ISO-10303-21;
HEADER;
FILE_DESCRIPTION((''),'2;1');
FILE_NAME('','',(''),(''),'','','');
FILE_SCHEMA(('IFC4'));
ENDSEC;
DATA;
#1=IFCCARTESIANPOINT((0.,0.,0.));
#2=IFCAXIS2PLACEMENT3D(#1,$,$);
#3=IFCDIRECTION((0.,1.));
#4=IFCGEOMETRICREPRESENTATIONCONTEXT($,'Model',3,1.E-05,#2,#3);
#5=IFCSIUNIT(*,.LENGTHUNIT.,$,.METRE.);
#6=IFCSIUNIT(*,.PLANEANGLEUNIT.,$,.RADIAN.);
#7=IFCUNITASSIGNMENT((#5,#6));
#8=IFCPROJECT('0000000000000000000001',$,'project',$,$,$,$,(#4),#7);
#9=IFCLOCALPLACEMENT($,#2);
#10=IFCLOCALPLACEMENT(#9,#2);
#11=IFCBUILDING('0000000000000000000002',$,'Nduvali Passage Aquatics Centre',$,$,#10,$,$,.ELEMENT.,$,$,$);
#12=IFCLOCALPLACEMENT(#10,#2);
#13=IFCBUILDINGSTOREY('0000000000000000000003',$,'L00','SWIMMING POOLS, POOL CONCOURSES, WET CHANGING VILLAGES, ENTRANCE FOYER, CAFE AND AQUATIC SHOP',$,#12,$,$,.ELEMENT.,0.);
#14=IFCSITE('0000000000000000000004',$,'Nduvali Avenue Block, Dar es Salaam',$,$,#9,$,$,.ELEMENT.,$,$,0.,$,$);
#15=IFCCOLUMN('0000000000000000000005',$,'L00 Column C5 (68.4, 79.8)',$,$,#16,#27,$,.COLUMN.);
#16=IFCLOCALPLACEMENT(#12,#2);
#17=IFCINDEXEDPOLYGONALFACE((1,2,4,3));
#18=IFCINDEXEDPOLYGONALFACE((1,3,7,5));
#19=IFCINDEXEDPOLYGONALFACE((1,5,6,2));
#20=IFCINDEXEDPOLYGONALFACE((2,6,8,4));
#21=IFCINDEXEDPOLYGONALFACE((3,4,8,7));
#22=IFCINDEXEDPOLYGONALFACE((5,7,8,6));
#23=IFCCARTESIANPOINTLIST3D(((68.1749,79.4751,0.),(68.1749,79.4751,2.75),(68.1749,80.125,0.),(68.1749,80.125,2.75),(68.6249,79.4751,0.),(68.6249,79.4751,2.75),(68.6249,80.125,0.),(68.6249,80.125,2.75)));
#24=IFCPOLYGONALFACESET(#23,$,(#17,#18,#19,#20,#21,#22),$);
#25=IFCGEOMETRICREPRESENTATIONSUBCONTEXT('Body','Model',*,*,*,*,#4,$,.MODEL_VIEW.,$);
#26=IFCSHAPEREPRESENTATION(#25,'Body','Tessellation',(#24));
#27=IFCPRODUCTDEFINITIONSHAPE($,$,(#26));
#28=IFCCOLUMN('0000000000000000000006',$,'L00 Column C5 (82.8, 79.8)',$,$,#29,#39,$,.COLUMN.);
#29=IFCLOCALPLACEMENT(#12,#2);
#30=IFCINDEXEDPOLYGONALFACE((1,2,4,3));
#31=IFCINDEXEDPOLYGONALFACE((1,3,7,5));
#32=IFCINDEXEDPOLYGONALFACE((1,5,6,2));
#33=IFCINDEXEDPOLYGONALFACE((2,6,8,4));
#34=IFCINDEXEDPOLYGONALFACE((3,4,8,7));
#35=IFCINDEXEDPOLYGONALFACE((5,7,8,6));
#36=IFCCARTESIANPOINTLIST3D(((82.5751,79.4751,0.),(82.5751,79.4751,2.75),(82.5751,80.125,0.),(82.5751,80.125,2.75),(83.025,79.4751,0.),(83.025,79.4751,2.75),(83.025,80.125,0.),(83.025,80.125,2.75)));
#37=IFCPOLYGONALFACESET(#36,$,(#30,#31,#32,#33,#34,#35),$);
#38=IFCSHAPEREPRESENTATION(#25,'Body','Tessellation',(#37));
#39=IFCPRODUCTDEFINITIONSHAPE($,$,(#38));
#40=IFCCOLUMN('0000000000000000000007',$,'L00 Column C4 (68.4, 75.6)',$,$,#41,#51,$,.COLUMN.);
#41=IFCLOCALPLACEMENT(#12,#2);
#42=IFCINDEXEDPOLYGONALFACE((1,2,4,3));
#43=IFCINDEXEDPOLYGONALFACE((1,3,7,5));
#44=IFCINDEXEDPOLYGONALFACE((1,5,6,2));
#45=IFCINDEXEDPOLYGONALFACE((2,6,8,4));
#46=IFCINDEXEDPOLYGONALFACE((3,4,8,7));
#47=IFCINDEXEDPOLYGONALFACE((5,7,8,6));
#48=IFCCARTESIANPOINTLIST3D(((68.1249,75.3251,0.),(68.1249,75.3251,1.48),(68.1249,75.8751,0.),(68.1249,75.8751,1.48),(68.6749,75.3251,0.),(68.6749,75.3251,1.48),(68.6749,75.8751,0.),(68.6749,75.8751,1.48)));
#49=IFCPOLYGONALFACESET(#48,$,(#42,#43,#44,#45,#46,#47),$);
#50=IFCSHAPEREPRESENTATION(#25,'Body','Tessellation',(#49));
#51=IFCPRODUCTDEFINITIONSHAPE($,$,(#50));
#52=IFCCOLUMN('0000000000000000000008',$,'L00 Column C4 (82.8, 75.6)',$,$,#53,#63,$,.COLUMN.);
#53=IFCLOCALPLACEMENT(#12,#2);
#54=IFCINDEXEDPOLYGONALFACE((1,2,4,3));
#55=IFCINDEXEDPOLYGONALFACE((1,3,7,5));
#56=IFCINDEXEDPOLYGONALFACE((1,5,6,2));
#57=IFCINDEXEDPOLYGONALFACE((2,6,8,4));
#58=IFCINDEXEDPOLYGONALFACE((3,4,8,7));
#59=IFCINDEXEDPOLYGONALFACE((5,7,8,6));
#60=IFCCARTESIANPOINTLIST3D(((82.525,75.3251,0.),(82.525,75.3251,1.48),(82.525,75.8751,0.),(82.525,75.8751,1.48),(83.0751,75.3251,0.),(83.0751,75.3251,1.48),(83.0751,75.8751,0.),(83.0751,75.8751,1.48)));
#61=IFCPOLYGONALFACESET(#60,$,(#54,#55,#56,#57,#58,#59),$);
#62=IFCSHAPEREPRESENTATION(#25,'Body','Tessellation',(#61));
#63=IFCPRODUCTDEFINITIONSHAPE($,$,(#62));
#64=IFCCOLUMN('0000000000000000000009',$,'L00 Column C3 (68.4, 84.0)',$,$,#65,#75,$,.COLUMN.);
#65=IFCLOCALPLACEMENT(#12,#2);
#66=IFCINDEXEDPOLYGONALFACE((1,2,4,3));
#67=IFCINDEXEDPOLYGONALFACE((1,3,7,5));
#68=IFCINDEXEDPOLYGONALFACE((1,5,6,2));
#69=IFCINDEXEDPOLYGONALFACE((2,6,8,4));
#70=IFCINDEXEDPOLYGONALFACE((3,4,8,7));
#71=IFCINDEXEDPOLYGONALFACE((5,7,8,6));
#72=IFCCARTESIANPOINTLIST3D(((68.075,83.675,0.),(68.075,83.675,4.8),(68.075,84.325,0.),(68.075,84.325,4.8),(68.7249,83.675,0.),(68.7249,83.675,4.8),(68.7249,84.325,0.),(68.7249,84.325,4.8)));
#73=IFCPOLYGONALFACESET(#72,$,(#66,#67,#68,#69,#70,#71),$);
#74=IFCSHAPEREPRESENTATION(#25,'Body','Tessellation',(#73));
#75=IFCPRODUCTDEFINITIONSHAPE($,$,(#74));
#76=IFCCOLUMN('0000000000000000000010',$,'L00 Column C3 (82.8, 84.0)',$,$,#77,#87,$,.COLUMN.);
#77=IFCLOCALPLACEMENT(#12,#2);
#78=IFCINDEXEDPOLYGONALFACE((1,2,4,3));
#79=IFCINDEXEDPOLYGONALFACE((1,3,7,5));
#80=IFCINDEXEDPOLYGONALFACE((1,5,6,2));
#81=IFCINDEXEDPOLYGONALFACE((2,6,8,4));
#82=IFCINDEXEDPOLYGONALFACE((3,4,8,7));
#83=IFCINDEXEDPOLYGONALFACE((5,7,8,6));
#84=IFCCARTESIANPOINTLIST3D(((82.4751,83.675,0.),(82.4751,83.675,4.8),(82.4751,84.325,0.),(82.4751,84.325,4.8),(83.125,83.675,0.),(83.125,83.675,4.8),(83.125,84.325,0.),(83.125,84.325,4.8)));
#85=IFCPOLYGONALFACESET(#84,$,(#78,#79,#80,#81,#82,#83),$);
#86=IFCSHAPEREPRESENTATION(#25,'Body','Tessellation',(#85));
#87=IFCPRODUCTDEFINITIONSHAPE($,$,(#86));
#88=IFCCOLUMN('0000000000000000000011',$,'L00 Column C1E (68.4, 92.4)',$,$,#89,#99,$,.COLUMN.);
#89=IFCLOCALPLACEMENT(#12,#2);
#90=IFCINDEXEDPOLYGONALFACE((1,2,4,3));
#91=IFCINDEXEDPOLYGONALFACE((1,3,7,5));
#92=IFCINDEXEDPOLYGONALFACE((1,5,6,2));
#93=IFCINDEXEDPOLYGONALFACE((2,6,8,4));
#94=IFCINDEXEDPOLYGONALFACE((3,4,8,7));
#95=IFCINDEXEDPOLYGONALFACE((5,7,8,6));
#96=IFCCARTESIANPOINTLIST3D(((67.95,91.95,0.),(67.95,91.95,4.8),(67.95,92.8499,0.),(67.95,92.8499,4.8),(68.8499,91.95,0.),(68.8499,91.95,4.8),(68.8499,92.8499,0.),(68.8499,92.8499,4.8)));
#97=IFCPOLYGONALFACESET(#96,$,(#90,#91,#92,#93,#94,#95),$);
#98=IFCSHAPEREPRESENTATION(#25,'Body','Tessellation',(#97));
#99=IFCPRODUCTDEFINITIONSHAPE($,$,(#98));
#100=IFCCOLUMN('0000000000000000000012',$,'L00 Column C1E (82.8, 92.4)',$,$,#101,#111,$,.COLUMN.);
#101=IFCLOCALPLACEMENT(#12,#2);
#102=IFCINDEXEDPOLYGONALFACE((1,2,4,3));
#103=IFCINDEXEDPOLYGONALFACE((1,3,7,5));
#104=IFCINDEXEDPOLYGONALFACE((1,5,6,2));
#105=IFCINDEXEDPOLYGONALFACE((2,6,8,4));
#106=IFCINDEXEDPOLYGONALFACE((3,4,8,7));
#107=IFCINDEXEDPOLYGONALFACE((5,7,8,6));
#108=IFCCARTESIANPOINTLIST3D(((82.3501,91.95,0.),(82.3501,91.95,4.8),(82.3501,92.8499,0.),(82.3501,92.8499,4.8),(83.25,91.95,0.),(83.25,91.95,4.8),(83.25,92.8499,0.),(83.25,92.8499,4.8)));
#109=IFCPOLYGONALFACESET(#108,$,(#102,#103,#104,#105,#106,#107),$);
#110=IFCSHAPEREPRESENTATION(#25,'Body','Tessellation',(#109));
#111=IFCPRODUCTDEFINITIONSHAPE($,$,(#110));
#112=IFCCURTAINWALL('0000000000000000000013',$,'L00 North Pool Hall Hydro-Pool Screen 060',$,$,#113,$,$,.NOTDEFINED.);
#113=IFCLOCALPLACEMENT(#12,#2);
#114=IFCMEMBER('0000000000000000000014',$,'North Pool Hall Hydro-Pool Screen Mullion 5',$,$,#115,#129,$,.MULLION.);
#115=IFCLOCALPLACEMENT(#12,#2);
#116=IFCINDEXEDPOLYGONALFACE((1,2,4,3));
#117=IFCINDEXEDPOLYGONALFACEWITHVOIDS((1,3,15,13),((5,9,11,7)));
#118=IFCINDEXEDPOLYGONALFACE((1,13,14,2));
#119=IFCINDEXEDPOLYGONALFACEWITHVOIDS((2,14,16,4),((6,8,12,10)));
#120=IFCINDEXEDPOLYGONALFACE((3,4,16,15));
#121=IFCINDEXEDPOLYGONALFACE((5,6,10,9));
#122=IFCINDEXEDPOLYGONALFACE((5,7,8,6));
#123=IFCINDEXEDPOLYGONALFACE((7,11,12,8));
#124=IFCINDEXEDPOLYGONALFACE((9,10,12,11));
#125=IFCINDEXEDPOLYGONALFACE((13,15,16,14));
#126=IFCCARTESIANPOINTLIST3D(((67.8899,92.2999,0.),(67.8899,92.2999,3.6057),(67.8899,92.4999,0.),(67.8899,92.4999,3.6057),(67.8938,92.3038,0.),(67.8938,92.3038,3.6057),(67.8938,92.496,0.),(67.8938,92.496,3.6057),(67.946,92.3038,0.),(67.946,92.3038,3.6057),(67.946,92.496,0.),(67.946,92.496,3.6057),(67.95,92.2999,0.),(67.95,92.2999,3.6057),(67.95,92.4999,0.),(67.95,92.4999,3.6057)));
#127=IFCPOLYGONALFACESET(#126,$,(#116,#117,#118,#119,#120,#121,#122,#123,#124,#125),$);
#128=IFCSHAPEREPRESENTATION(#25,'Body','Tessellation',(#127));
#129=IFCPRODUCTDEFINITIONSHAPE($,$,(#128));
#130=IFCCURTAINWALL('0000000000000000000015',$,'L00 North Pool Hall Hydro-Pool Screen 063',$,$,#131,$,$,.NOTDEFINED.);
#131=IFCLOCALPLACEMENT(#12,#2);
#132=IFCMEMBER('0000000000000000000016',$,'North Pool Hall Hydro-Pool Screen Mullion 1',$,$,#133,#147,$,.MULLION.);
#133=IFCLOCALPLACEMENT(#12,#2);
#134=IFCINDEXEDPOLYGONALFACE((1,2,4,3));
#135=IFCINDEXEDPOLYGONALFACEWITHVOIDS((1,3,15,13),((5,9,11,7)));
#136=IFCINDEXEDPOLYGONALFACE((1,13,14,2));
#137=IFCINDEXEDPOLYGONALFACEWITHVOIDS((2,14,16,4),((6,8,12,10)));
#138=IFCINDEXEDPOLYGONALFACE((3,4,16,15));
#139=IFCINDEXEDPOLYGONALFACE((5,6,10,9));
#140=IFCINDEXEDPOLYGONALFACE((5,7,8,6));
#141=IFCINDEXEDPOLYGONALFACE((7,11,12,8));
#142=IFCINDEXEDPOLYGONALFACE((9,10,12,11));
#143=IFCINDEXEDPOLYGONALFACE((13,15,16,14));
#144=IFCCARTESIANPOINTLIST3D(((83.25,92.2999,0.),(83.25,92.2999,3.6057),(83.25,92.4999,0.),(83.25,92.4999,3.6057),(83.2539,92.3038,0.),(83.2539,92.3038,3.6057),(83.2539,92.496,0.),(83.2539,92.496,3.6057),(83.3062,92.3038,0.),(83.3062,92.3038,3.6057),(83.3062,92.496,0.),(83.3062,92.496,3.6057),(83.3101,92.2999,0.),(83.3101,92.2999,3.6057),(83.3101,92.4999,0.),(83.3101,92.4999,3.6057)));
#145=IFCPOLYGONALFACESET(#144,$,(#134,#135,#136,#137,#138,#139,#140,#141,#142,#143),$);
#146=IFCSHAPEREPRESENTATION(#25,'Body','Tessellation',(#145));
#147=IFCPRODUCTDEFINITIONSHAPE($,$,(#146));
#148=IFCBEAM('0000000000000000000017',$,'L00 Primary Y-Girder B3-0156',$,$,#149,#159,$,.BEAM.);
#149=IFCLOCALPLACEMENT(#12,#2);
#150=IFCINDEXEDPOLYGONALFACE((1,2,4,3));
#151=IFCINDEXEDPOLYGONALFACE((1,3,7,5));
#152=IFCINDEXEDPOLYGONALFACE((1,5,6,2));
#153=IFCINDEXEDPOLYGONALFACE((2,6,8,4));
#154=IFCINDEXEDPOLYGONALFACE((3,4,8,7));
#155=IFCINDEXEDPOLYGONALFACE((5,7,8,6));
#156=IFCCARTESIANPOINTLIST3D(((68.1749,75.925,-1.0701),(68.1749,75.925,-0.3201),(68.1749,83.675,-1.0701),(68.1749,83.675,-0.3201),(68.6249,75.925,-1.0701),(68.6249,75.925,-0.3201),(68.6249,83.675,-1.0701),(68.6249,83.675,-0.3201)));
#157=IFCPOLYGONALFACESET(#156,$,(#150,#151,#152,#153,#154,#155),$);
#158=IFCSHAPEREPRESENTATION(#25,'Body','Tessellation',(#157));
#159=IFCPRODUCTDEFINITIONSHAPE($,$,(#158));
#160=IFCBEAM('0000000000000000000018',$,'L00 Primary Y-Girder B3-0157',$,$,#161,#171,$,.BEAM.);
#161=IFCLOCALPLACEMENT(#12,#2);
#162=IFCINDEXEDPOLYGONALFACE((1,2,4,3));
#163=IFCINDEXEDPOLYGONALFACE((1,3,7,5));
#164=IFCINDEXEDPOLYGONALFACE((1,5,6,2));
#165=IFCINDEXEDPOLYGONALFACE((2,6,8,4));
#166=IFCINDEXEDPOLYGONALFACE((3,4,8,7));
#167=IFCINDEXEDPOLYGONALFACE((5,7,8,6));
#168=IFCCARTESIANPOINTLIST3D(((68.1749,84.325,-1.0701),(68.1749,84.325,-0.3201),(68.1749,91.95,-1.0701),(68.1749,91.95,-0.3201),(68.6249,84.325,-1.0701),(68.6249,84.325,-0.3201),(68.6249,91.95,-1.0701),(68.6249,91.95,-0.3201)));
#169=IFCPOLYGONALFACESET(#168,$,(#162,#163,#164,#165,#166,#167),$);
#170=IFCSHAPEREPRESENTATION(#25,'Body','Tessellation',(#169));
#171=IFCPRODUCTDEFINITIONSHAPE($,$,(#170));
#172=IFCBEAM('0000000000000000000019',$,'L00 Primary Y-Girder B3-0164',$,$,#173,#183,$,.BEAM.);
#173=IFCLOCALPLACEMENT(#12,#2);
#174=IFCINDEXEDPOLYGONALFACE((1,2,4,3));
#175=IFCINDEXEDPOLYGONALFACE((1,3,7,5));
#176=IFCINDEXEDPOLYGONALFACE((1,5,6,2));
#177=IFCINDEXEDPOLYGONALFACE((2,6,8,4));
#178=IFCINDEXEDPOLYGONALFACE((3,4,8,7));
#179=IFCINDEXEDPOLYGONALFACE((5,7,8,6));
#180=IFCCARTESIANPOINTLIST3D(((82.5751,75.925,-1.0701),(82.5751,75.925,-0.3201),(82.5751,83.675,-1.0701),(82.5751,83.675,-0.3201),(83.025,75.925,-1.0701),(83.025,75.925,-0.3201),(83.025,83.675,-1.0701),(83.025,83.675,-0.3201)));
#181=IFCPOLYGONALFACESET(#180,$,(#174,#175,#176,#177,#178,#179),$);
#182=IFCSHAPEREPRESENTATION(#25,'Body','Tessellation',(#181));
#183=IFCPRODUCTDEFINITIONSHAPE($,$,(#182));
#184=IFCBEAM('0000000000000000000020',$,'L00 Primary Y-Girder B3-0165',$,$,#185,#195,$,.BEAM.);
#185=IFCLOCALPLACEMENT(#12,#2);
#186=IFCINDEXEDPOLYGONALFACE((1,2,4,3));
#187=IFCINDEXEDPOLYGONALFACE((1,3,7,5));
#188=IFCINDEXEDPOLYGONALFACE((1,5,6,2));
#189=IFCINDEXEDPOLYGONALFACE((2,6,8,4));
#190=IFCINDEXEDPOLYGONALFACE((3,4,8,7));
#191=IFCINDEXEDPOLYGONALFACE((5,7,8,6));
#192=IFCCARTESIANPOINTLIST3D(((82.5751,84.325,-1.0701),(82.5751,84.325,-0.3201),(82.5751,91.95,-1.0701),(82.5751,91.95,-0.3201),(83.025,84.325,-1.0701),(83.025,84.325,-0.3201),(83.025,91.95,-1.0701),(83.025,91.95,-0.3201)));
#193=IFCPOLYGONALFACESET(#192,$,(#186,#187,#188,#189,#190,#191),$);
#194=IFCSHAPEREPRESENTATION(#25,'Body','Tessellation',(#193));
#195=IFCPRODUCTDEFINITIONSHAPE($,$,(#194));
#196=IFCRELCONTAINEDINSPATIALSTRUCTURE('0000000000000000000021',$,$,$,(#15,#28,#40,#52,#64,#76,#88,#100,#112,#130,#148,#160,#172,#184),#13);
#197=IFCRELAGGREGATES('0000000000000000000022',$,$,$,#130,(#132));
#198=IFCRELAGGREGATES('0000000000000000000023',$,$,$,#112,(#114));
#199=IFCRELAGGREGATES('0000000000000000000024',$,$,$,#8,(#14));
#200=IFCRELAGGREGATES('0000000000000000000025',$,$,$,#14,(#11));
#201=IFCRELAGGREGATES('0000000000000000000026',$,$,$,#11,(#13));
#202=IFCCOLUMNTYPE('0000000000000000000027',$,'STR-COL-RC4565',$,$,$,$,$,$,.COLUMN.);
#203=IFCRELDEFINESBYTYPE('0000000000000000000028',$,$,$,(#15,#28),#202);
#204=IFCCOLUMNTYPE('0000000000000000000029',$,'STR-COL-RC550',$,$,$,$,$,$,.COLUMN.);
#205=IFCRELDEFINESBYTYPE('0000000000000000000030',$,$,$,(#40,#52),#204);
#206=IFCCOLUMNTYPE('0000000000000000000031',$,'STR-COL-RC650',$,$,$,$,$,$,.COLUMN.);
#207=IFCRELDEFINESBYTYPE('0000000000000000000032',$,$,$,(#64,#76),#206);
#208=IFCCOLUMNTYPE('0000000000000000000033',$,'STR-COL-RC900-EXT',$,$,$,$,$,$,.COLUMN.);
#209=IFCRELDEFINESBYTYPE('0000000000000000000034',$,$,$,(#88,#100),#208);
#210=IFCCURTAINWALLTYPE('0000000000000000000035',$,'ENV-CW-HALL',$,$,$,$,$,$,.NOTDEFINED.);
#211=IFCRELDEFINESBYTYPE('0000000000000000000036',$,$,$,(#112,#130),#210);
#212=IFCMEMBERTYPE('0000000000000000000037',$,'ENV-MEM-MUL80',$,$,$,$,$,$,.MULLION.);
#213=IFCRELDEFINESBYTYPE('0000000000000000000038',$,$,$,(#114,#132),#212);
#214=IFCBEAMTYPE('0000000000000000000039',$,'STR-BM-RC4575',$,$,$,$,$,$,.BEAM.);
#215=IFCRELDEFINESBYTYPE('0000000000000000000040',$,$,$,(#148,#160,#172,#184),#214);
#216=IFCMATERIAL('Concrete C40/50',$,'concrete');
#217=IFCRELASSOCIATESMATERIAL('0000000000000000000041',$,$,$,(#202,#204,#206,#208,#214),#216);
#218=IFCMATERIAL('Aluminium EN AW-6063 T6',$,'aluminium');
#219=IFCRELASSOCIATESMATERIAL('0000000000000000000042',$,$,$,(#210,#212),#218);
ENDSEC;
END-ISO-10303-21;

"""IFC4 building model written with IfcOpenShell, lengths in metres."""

from ifc_helpers import new_model, si_unit, direction, frame, origin, origin_2d, place, context, subcontext, project, spatial, rectangle, hollow_rectangle, extrude, material, material_profile, profile_set, type_object, element, aggregate, save


model = new_model("IFC4")

# Units and contexts
model_context = context("Model", 3, precision=1e-05, world=origin(), true_north=direction((0.0, 1.0)))
body_context = subcontext(model_context, "Body", "Model", "MODEL_VIEW")
ifc_project = project(units=[si_unit("LENGTHUNIT", "METRE"), si_unit("PLANEANGLEUNIT", "RADIAN")], contexts=[model_context])

# Site, building, storey
site_placement = place(None, origin())
site = spatial("IfcSite", under=ifc_project, at=site_placement, Name="Nduvali Avenue Block, Dar es Salaam", CompositionType="ELEMENT", RefElevation=0.0)
building_placement = place(site_placement, origin())
building = spatial("IfcBuilding", under=site, at=building_placement, Name="Nduvali Passage Aquatics Centre", CompositionType="ELEMENT")
storey_placement = place(building_placement, origin())
storey = spatial("IfcBuildingStorey", under=building, at=storey_placement, Name="L00", Description="SWIMMING POOLS, POOL CONCOURSES, WET CHANGING VILLAGES, ENTRANCE FOYER, CAFE AND AQUATIC SHOP", CompositionType="ELEMENT", Elevation=0.0)

# Columns
ifc_material_1 = material(Name="Concrete C40/50", Category="concrete")
ifc_material_profile_1 = material_profile(ifc_material_1, rectangle(XDim=0.45, YDim=0.6499, at=origin_2d()), Name="RC 450x650")
ifc_profile_set_1 = profile_set([ifc_material_profile_1], Name="Concrete C40/50")
column_type_1 = type_object("IfcColumnType", Name="STR-COL-RC4565", PredefinedType="COLUMN", material=ifc_profile_set_1)
for number, where, z_axis, x_axis, name in (
    (1, (68.3999, 79.8, 0.0), (0.0, 0.0, 1.0), (1.0, 0.0, 0.0), "L00 Column C5 (68.4, 79.8)"),
    (2, (82.8, 79.8, 0.0), (0.0, 0.0, 1.0), (1.0, 0.0, 0.0), "L00 Column C5 (82.8, 79.8)"),
):
    element("IfcColumn", number, at=place(storey_placement, frame(where, z_axis=z_axis, x_axis=x_axis)), inside=storey, type_object=column_type_1, Name=name, PredefinedType="COLUMN", context=body_context, shape_type="SweptSolid", body=[
        extrude(rectangle(XDim=0.45, YDim=0.6499, at=origin_2d()), origin(), (0.0, 0.0, 1.0), 2.75),
    ])
ifc_material_profile_2 = material_profile(ifc_material_1, rectangle(XDim=0.55, YDim=0.55, at=origin_2d()), Name="RC 550x550")
ifc_profile_set_2 = profile_set([ifc_material_profile_2], Name="Concrete C40/50")
column_type_2 = type_object("IfcColumnType", Name="STR-COL-RC550", PredefinedType="COLUMN", material=ifc_profile_set_2)
for number, where, z_axis, x_axis, name in (
    (3, (68.3999, 75.6001, 0.0), (0.0, 0.0, 1.0), (1.0, 0.0, 0.0), "L00 Column C4 (68.4, 75.6)"),
    (4, (82.8, 75.6001, 0.0), (0.0, 0.0, 1.0), (1.0, 0.0, 0.0), "L00 Column C4 (82.8, 75.6)"),
):
    element("IfcColumn", number, at=place(storey_placement, frame(where, z_axis=z_axis, x_axis=x_axis)), inside=storey, type_object=column_type_2, Name=name, PredefinedType="COLUMN", context=body_context, shape_type="SweptSolid", body=[
        extrude(rectangle(XDim=0.55, YDim=0.55, at=origin_2d()), origin(), (0.0, 0.0, 1.0), 1.48),
    ])
ifc_material_profile_3 = material_profile(ifc_material_1, rectangle(XDim=0.6499, YDim=0.6499, at=origin_2d()), Name="RC 650x650")
ifc_profile_set_3 = profile_set([ifc_material_profile_3], Name="Concrete C40/50")
column_type_3 = type_object("IfcColumnType", Name="STR-COL-RC650", PredefinedType="COLUMN", material=ifc_profile_set_3)
for number, where, z_axis, x_axis, name in (
    (5, (68.3999, 84.0, 0.0), (0.0, 0.0, 1.0), (1.0, 0.0, 0.0), "L00 Column C3 (68.4, 84.0)"),
    (6, (82.8, 84.0, 0.0), (0.0, 0.0, 1.0), (1.0, 0.0, 0.0), "L00 Column C3 (82.8, 84.0)"),
):
    element("IfcColumn", number, at=place(storey_placement, frame(where, z_axis=z_axis, x_axis=x_axis)), inside=storey, type_object=column_type_3, Name=name, PredefinedType="COLUMN", context=body_context, shape_type="SweptSolid", body=[
        extrude(rectangle(XDim=0.6499, YDim=0.6499, at=origin_2d()), origin(), (0.0, 0.0, 1.0), 4.8),
    ])
ifc_material_profile_4 = material_profile(ifc_material_1, rectangle(XDim=0.8999, YDim=0.8999, at=origin_2d()), Name="RC 900x900")
ifc_profile_set_4 = profile_set([ifc_material_profile_4], Name="Concrete C40/50")
column_type_4 = type_object("IfcColumnType", Name="STR-COL-RC900-EXT", PredefinedType="COLUMN", material=ifc_profile_set_4)
for number, where, z_axis, x_axis, name in (
    (7, (68.3999, 92.3999, 0.0), (0.0, 0.0, 1.0), (1.0, 0.0, 0.0), "L00 Column C1E (68.4, 92.4)"),
    (8, (82.8, 92.3999, 0.0), (0.0, 0.0, 1.0), (1.0, 0.0, 0.0), "L00 Column C1E (82.8, 92.4)"),
):
    element("IfcColumn", number, at=place(storey_placement, frame(where, z_axis=z_axis, x_axis=x_axis)), inside=storey, type_object=column_type_4, Name=name, PredefinedType="COLUMN", context=body_context, shape_type="SweptSolid", body=[
        extrude(rectangle(XDim=0.8999, YDim=0.8999, at=origin_2d()), origin(), (0.0, 0.0, 1.0), 4.8),
    ])

# Curtain walls, members
ifc_material_2 = material(Name="Aluminium EN AW-6063 T6", Category="aluminium")
curtain_wall_type = type_object("IfcCurtainWallType", Name="ENV-CW-HALL", PredefinedType="NOTDEFINED", material=ifc_material_2)
curtain_wall_1_placement = place(storey_placement, origin())
curtain_wall_1 = element("IfcCurtainWall", 9, at=curtain_wall_1_placement, inside=storey, type_object=curtain_wall_type, Name="L00 North Pool Hall Hydro-Pool Screen 060", PredefinedType="NOTDEFINED")
ifc_material_profile_5 = material_profile(ifc_material_2, hollow_rectangle(XDim=0.0601, YDim=0.2, WallThickness=0.0039, at=origin_2d()), Name="ALU MULLION 60x200x4")
ifc_profile_set_5 = profile_set([ifc_material_profile_5], Name="Aluminium EN AW-6063 T6")
member_type = type_object("IfcMemberType", Name="ENV-MEM-MUL80", PredefinedType="MULLION", material=ifc_profile_set_5)
member_1_placement = place(storey_placement, frame((67.9199, 92.3999, 0.0), z_axis=(0.0, 0.0, 1.0), x_axis=(1.0, 0.0, 0.0)))
member_1 = element("IfcMember", 10, at=member_1_placement, type_object=member_type, Name="North Pool Hall Hydro-Pool Screen Mullion 5", PredefinedType="MULLION", context=body_context, shape_type="SweptSolid", body=[
    extrude(hollow_rectangle(XDim=0.0601, YDim=0.2, WallThickness=0.0039, at=origin_2d()), origin(), (0.0, 0.0, 1.0), 3.6057),
])
curtain_wall_2_placement = place(storey_placement, origin())
curtain_wall_2 = element("IfcCurtainWall", 11, at=curtain_wall_2_placement, inside=storey, type_object=curtain_wall_type, Name="L00 North Pool Hall Hydro-Pool Screen 063", PredefinedType="NOTDEFINED")
member_2_placement = place(storey_placement, frame((83.28, 92.3999, 0.0), z_axis=(0.0, 0.0, 1.0), x_axis=(1.0, 0.0, 0.0)))
member_2 = element("IfcMember", 12, at=member_2_placement, type_object=member_type, Name="North Pool Hall Hydro-Pool Screen Mullion 1", PredefinedType="MULLION", context=body_context, shape_type="SweptSolid", body=[
    extrude(hollow_rectangle(XDim=0.0601, YDim=0.2, WallThickness=0.0039, at=origin_2d()), origin(), (0.0, 0.0, 1.0), 3.6057),
])
aggregate(curtain_wall_2, [member_2])

# Beams
ifc_material_profile_6 = material_profile(ifc_material_1, rectangle(XDim=0.45, YDim=0.75, at=origin_2d()), Name="RC 450x750")
ifc_profile_set_6 = profile_set([ifc_material_profile_6], Name="Concrete C40/50")
beam_type_1 = type_object("IfcBeamType", Name="STR-BM-RC4575", PredefinedType="BEAM", material=ifc_profile_set_6)
beam_1_placement = place(storey_placement, frame((68.3999, 75.925, -0.6951), z_axis=(0.0, 1.0, 0.0), x_axis=(-1.0, 0.0, 0.0)))
element("IfcBeam", 13, at=beam_1_placement, inside=storey, type_object=beam_type_1, Name="L00 Primary Y-Girder B3-0156", PredefinedType="BEAM", context=body_context, shape_type="SweptSolid", body=[
    extrude(rectangle(XDim=0.45, YDim=0.75, at=origin_2d()), origin(), (0.0, 0.0, 1.0), 7.75),
])
beam_2_placement = place(storey_placement, frame((68.3999, 84.325, -0.6951), z_axis=(0.0, 1.0, 0.0), x_axis=(-1.0, 0.0, 0.0)))
element("IfcBeam", 14, at=beam_2_placement, inside=storey, type_object=beam_type_1, Name="L00 Primary Y-Girder B3-0157", PredefinedType="BEAM", context=body_context, shape_type="SweptSolid", body=[
    extrude(rectangle(XDim=0.45, YDim=0.75, at=origin_2d()), origin(), (0.0, 0.0, 1.0), 7.625),
])
beam_3_placement = place(storey_placement, frame((82.8, 75.925, -0.6951), z_axis=(0.0, 1.0, 0.0), x_axis=(-1.0, 0.0, 0.0)))
element("IfcBeam", 15, at=beam_3_placement, inside=storey, type_object=beam_type_1, Name="L00 Primary Y-Girder B3-0164", PredefinedType="BEAM", context=body_context, shape_type="SweptSolid", body=[
    extrude(rectangle(XDim=0.45, YDim=0.75, at=origin_2d()), origin(), (0.0, 0.0, 1.0), 7.75),
])
beam_4_placement = place(storey_placement, frame((82.8, 84.325, -0.6951), z_axis=(0.0, 1.0, 0.0), x_axis=(-1.0, 0.0, 0.0)))
element("IfcBeam", 16, at=beam_4_placement, inside=storey, type_object=beam_type_1, Name="L00 Primary Y-Girder B3-0165", PredefinedType="BEAM", context=body_context, shape_type="SweptSolid", body=[
    extrude(rectangle(XDim=0.45, YDim=0.75, at=origin_2d()), origin(), (0.0, 0.0, 1.0), 7.625),
])

aggregate(curtain_wall_1, [member_1])

save(model, "model.ifc")
